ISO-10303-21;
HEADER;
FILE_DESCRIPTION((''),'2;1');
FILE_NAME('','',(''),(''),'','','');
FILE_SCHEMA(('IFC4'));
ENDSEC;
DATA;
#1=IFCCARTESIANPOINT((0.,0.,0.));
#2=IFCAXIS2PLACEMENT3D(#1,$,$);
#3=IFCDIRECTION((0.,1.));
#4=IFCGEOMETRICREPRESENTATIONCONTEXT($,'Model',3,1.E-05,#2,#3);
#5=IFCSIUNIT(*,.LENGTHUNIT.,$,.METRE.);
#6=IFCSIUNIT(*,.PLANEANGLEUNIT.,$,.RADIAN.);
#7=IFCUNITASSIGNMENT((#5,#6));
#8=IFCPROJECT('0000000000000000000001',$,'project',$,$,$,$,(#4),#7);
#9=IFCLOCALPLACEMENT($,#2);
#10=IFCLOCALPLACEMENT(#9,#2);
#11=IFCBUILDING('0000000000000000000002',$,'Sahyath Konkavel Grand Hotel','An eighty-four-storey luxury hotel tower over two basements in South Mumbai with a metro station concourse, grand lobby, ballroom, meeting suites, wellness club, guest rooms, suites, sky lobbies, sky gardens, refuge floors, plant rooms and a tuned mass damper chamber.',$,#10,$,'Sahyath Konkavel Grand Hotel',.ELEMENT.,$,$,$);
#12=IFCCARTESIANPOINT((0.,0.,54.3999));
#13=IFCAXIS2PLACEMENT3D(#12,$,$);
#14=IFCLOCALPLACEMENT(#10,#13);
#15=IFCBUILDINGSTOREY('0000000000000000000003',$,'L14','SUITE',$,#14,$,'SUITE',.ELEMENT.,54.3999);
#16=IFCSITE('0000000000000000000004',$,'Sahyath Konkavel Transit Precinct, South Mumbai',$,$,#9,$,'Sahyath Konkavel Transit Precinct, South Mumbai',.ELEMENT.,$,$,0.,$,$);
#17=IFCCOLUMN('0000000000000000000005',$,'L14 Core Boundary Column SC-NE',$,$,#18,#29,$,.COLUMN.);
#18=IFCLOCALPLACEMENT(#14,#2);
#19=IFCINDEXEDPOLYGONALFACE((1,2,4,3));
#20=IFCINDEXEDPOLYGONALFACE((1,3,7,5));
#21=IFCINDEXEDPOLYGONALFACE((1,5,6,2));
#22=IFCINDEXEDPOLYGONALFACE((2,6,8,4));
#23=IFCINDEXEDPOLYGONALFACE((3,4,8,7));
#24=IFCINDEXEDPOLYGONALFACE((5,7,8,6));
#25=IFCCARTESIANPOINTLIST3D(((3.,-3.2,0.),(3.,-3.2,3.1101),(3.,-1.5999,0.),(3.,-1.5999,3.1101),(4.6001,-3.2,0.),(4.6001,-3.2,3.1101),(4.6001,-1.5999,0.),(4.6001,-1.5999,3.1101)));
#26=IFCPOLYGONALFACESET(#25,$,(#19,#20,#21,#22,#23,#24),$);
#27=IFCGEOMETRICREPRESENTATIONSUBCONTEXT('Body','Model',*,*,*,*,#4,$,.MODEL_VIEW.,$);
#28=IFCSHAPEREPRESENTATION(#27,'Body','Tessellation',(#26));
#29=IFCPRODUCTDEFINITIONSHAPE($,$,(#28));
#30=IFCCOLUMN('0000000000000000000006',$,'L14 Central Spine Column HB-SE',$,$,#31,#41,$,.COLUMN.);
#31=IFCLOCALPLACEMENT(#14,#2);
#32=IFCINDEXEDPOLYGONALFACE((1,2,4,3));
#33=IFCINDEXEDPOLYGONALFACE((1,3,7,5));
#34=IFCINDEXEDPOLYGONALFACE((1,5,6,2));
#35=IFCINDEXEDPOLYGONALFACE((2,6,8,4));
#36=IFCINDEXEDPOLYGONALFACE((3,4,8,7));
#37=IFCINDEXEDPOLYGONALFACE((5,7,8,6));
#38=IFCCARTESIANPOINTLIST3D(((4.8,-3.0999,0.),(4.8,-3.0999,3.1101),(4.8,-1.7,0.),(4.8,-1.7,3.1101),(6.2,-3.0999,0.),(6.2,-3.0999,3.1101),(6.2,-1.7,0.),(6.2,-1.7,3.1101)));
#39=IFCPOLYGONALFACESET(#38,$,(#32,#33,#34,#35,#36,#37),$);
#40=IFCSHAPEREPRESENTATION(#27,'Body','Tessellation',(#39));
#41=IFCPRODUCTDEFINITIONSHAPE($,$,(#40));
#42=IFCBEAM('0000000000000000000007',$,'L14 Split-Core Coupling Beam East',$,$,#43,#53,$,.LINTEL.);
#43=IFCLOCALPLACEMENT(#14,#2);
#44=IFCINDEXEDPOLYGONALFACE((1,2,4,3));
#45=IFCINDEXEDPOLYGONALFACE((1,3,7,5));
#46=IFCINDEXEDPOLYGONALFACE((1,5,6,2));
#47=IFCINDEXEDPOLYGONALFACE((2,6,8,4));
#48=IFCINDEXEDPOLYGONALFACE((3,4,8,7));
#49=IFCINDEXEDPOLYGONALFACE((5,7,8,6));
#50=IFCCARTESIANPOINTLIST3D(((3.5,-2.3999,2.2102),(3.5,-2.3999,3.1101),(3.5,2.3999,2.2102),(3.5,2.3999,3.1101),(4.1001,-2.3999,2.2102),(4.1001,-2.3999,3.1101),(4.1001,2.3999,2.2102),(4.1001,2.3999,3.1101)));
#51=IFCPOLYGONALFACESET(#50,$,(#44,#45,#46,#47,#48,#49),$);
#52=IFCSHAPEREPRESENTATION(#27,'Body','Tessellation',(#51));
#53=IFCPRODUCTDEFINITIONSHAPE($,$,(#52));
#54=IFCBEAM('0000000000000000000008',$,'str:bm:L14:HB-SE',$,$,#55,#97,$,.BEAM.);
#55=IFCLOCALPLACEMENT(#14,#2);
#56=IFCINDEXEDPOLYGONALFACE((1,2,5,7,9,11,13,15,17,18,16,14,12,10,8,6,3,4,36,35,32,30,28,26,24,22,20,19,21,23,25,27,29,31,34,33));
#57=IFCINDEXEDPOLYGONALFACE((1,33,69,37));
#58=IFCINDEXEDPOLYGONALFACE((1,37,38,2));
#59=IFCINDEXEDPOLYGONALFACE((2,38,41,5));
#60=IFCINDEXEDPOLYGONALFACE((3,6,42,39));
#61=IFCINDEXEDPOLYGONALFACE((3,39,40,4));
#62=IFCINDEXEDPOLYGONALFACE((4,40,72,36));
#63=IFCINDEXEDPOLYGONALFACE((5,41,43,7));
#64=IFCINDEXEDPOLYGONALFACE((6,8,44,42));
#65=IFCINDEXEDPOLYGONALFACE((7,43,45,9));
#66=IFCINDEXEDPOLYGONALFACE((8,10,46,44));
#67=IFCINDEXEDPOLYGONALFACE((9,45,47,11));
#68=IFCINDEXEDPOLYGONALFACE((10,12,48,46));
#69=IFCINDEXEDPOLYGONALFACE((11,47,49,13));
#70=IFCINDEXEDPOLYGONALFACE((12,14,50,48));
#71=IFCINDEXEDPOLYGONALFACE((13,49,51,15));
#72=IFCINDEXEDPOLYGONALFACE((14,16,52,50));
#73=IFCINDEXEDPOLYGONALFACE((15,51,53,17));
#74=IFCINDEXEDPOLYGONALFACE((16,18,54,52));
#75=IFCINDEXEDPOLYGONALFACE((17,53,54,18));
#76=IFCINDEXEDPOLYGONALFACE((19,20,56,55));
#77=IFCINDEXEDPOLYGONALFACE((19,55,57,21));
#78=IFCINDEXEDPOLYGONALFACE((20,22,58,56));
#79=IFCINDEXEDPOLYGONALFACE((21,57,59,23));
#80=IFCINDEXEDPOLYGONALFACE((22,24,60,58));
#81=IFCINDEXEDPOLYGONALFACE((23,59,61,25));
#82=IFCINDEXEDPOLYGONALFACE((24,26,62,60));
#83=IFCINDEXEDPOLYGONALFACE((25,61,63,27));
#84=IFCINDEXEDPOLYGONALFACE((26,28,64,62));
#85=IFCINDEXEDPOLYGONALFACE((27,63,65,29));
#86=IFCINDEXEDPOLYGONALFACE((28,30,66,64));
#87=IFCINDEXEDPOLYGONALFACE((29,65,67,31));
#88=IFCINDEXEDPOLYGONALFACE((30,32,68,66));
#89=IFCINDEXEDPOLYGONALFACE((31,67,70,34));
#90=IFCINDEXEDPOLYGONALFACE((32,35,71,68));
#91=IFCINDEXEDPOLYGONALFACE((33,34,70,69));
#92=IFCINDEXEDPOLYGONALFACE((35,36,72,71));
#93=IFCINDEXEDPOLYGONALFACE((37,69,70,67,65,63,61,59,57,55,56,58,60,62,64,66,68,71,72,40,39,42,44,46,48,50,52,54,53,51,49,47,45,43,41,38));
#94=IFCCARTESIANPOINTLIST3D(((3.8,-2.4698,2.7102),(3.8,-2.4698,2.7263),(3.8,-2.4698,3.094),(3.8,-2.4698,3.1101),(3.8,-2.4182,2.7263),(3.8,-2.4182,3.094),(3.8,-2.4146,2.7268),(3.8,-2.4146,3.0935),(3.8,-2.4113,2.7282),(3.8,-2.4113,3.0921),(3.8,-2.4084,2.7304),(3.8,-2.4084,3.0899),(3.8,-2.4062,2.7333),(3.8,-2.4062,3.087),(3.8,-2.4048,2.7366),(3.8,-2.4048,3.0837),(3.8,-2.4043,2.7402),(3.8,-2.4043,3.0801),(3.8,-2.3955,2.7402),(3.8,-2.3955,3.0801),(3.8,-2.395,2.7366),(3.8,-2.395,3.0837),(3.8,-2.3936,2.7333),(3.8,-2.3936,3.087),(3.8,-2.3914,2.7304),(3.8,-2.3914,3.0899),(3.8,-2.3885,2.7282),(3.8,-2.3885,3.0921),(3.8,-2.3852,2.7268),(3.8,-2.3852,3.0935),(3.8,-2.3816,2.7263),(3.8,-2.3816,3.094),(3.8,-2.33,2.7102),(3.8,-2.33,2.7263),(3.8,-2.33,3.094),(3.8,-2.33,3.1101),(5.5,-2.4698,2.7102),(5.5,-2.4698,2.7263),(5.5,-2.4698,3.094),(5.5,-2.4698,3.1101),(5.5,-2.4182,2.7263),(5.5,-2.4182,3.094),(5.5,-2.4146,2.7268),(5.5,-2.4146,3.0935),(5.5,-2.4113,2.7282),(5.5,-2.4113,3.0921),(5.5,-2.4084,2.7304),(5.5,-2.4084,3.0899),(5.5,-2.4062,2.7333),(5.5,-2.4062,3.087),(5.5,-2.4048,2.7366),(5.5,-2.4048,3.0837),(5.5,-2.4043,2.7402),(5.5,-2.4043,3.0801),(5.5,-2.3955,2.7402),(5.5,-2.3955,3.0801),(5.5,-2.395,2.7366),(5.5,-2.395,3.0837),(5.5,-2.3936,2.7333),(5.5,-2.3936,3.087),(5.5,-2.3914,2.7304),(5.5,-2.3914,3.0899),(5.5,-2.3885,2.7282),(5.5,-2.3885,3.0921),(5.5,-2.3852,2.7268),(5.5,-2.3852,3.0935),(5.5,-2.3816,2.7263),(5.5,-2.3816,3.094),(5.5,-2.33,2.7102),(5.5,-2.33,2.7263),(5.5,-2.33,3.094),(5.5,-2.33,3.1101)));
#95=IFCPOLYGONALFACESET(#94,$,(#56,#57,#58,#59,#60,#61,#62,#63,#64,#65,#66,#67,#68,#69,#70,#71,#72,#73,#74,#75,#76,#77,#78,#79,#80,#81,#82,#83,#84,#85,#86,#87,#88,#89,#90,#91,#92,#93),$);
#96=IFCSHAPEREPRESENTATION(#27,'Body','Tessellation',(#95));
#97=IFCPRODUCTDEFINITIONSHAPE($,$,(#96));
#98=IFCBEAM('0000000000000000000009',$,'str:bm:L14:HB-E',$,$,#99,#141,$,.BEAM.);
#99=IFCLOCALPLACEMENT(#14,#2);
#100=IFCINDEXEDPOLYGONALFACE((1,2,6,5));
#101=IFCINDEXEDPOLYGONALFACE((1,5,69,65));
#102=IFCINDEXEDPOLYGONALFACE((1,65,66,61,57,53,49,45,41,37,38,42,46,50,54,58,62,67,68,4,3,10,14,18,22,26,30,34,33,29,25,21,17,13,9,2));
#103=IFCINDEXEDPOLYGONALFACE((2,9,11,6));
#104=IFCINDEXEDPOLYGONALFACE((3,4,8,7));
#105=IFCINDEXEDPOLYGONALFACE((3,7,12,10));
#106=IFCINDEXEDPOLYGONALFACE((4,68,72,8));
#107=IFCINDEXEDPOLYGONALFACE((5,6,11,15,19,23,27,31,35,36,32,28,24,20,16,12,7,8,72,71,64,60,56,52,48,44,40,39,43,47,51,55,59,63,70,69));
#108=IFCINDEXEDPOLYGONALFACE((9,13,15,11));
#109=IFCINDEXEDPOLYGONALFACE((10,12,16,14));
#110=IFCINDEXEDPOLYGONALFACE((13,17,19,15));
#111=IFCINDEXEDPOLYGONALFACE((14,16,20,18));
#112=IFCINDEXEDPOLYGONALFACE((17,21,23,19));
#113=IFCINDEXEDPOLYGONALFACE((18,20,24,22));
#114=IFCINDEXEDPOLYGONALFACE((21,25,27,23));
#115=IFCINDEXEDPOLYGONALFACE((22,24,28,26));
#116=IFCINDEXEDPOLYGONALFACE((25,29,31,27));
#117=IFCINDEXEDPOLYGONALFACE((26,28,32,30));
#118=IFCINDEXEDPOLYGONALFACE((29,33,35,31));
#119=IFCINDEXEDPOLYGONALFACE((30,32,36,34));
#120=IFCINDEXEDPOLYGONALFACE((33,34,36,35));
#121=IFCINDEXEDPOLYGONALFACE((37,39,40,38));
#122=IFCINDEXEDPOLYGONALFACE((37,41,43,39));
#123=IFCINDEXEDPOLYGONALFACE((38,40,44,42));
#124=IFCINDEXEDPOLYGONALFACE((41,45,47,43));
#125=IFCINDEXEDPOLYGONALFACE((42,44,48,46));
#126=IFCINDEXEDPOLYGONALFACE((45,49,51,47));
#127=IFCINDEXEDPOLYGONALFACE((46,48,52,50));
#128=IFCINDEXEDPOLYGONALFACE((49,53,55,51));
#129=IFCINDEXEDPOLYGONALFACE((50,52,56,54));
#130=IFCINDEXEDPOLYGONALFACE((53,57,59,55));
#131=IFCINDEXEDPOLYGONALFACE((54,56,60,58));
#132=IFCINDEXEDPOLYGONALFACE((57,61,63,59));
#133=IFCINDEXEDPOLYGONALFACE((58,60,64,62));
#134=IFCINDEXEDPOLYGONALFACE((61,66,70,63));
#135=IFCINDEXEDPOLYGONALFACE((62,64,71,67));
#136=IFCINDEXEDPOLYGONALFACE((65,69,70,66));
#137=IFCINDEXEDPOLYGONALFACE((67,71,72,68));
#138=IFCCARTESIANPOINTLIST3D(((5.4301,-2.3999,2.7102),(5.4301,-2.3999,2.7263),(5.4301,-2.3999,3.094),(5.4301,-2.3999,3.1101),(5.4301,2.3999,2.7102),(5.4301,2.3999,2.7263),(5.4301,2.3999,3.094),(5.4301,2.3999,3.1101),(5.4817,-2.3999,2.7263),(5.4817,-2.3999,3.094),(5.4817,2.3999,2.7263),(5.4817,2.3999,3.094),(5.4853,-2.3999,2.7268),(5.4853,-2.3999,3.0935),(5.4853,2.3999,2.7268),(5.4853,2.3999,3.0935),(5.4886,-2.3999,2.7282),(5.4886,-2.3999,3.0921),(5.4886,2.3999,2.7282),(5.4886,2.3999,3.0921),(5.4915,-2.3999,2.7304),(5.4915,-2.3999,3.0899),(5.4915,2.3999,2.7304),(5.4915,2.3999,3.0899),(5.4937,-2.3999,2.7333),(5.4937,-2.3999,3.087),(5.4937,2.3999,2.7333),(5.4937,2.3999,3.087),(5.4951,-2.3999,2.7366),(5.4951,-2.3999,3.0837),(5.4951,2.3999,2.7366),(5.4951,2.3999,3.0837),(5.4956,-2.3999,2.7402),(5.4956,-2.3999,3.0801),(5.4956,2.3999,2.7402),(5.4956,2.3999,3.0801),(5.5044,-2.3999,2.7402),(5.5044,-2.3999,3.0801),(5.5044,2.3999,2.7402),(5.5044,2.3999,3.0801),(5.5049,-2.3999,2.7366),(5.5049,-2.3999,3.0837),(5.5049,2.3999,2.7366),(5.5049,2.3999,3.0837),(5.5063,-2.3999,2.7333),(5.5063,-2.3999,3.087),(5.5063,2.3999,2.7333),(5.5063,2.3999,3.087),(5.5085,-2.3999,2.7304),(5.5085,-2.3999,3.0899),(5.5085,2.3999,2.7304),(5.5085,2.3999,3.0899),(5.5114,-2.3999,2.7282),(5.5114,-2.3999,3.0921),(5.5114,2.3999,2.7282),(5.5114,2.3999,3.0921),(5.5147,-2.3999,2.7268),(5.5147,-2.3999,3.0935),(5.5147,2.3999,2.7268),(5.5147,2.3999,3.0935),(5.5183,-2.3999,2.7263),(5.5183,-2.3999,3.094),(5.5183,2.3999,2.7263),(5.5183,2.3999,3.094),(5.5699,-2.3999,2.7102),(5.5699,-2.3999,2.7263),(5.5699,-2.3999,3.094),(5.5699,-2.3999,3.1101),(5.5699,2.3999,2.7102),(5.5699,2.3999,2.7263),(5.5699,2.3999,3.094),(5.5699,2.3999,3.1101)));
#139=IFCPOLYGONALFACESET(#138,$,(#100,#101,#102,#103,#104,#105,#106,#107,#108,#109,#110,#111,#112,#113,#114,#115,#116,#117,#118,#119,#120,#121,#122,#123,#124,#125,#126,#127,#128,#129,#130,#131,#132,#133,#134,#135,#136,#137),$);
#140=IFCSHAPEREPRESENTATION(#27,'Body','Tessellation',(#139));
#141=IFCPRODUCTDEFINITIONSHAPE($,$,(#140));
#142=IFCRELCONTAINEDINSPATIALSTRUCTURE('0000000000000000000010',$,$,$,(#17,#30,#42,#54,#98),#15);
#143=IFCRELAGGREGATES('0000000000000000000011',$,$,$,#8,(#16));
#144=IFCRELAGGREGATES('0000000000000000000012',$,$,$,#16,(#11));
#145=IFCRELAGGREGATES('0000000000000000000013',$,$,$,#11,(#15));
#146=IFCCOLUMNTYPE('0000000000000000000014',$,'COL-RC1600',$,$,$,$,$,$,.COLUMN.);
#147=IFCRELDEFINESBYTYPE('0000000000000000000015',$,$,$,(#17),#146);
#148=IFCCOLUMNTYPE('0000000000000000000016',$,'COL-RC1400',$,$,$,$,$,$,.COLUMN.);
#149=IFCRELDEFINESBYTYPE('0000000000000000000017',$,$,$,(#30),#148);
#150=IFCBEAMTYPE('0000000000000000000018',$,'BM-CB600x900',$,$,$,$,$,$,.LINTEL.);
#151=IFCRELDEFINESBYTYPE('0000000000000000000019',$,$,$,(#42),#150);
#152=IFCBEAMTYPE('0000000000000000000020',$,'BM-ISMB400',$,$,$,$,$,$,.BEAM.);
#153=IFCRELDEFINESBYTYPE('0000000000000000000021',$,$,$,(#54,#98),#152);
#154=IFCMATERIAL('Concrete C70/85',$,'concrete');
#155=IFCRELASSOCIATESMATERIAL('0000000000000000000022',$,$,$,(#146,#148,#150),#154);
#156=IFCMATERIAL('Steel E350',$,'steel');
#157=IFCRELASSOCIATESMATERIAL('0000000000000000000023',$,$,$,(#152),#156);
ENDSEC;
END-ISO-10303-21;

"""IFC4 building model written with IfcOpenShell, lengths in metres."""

from ifc_helpers import new_model, si_unit, direction, frame, origin, origin_2d, place, context, subcontext, project, spatial, rectangle, i_section, extrude, source, transform, mapped, material, material_profile, profile_set, type_object, element, save


model = new_model("IFC4")

# Units and contexts
model_context = context("Model", 3, precision=1e-05, world=origin(), true_north=direction((0.0, 1.0)))
body_context = subcontext(model_context, "Body", "Model", "MODEL_VIEW")
ifc_project = project(units=[si_unit("LENGTHUNIT", "METRE"), si_unit("PLANEANGLEUNIT", "RADIAN")], contexts=[model_context])

# Site, building, storey
site_placement = place(None, origin())
site = spatial("IfcSite", under=ifc_project, at=site_placement, Name="Sahyath Konkavel Transit Precinct, South Mumbai", LongName="Sahyath Konkavel Transit Precinct, South Mumbai", CompositionType="ELEMENT", RefElevation=0.0)
building_placement = place(site_placement, origin())
building = spatial("IfcBuilding", under=site, at=building_placement, Name="Sahyath Konkavel Grand Hotel", Description="An eighty-four-storey luxury hotel tower over two basements in South Mumbai with a metro station concourse, grand lobby, ballroom, meeting suites, wellness club, guest rooms, suites, sky lobbies, sky gardens, refuge floors, plant rooms and a tuned mass damper chamber.", LongName="Sahyath Konkavel Grand Hotel", CompositionType="ELEMENT")
storey_placement = place(building_placement, frame((0.0, 0.0, 54.3999)))
storey = spatial("IfcBuildingStorey", under=building, at=storey_placement, Name="L14", Description="SUITE", LongName="SUITE", CompositionType="ELEMENT", Elevation=54.3999)

# Columns
ifc_material_1 = material(Name="Concrete C70/85", Category="concrete")
ifc_material_profile_1 = material_profile(ifc_material_1, rectangle(XDim=1.6001, YDim=1.6001, at=origin_2d()), Name="RC 1600x1600")
ifc_profile_set_1 = profile_set([ifc_material_profile_1], Name="Concrete C70/85")
column_type_1 = type_object("IfcColumnType", Name="COL-RC1600", PredefinedType="COLUMN", material=ifc_profile_set_1)
shared_shape_1 = source(origin(), body_context, "Body", "SweptSolid", [
    extrude(rectangle(XDim=1.6001, YDim=1.6001, at=origin_2d()), origin(), (0.0, 0.0, 1.0), 3.1101),
])
column_1_placement = place(storey_placement, frame((3.8, -2.3999, 0.0), z_axis=(0.0, 0.0, 1.0), x_axis=(1.0, 0.0, 0.0)))
element("IfcColumn", 1, at=column_1_placement, inside=storey, type_object=column_type_1, Name="L14 Core Boundary Column SC-NE", PredefinedType="COLUMN", context=body_context, shape_type="MappedRepresentation", body=[
    mapped(shared_shape_1, transform((0.0, 0.0, 0.0), scale=1.0)),
])
ifc_material_profile_2 = material_profile(ifc_material_1, rectangle(XDim=1.3999, YDim=1.3999, at=origin_2d()), Name="RC 1400x1400")
ifc_profile_set_2 = profile_set([ifc_material_profile_2], Name="Concrete C70/85")
column_type_2 = type_object("IfcColumnType", Name="COL-RC1400", PredefinedType="COLUMN", material=ifc_profile_set_2)
shared_shape_2 = source(origin(), body_context, "Body", "SweptSolid", [
    extrude(rectangle(XDim=1.3999, YDim=1.3999, at=origin_2d()), origin(), (0.0, 0.0, 1.0), 3.1101),
])
column_2_placement = place(storey_placement, frame((5.5, -2.3999, 0.0), z_axis=(0.0, 0.0, 1.0), x_axis=(1.0, 0.0, 0.0)))
element("IfcColumn", 2, at=column_2_placement, inside=storey, type_object=column_type_2, Name="L14 Central Spine Column HB-SE", PredefinedType="COLUMN", context=body_context, shape_type="MappedRepresentation", body=[
    mapped(shared_shape_2, transform((0.0, 0.0, 0.0), scale=1.0)),
])

# Beams
ifc_material_profile_3 = material_profile(ifc_material_1, rectangle(XDim=0.6001, YDim=0.8999, at=origin_2d()), Name="RC 600x900")
ifc_profile_set_3 = profile_set([ifc_material_profile_3], Name="Concrete C70/85")
beam_type_1 = type_object("IfcBeamType", Name="BM-CB600x900", PredefinedType="LINTEL", material=ifc_profile_set_3)
shared_shape_3 = source(origin(), body_context, "Body", "SweptSolid", [
    extrude(rectangle(XDim=0.6001, YDim=0.8999, at=origin_2d()), origin(), (0.0, 0.0, 1.0), 4.7998),
])
beam_1_placement = place(storey_placement, frame((3.8, -2.3999, 2.6602), z_axis=(0.0, 1.0, 0.0), x_axis=(-1.0, 0.0, 0.0)))
element("IfcBeam", 3, at=beam_1_placement, inside=storey, type_object=beam_type_1, Name="L14 Split-Core Coupling Beam East", PredefinedType="LINTEL", context=body_context, shape_type="MappedRepresentation", body=[
    mapped(shared_shape_3, transform((0.0, 0.0, 0.0), scale=1.0)),
])
ifc_material_2 = material(Name="Steel E350", Category="steel")
ifc_material_profile_4 = material_profile(ifc_material_2, i_section(OverallWidth=0.1399, OverallDepth=0.3999, WebThickness=0.0088, FlangeThickness=0.0161, FilletRadius=0.0139, at=origin_2d()), Name="ISMB 400")
ifc_profile_set_4 = profile_set([ifc_material_profile_4], Name="Steel E350")
beam_type_2 = type_object("IfcBeamType", Name="BM-ISMB400", PredefinedType="BEAM", material=ifc_profile_set_4)
shared_shape_4 = source(origin(), body_context, "Body", "SweptSolid", [
    extrude(i_section(OverallWidth=0.1399, OverallDepth=0.3999, WebThickness=0.0088, FlangeThickness=0.0161, FilletRadius=0.0139, at=origin_2d()), origin(), (0.0, 0.0, 1.0), 1.7),
])
beam_2_placement = place(storey_placement, frame((3.8, -2.3999, 2.9102), z_axis=(1.0, 0.0, 0.0), x_axis=(0.0, 1.0, 0.0)))
element("IfcBeam", 4, at=beam_2_placement, inside=storey, type_object=beam_type_2, Name="str:bm:L14:HB-SE", PredefinedType="BEAM", context=body_context, shape_type="MappedRepresentation", body=[
    mapped(shared_shape_4, transform((0.0, 0.0, 0.0), scale=1.0)),
])
shared_shape_5 = source(origin(), body_context, "Body", "SweptSolid", [
    extrude(i_section(OverallWidth=0.1399, OverallDepth=0.3999, WebThickness=0.0088, FlangeThickness=0.0161, FilletRadius=0.0139, at=origin_2d()), origin(), (0.0, 0.0, 1.0), 4.7998),
])
beam_3_placement = place(storey_placement, frame((5.5, -2.3999, 2.9102), z_axis=(0.0, 1.0, 0.0), x_axis=(-1.0, 0.0, 0.0)))
element("IfcBeam", 5, at=beam_3_placement, inside=storey, type_object=beam_type_2, Name="str:bm:L14:HB-E", PredefinedType="BEAM", context=body_context, shape_type="MappedRepresentation", body=[
    mapped(shared_shape_5, transform((0.0, 0.0, 0.0), scale=1.0)),
])

save(model, "model.ifc")
